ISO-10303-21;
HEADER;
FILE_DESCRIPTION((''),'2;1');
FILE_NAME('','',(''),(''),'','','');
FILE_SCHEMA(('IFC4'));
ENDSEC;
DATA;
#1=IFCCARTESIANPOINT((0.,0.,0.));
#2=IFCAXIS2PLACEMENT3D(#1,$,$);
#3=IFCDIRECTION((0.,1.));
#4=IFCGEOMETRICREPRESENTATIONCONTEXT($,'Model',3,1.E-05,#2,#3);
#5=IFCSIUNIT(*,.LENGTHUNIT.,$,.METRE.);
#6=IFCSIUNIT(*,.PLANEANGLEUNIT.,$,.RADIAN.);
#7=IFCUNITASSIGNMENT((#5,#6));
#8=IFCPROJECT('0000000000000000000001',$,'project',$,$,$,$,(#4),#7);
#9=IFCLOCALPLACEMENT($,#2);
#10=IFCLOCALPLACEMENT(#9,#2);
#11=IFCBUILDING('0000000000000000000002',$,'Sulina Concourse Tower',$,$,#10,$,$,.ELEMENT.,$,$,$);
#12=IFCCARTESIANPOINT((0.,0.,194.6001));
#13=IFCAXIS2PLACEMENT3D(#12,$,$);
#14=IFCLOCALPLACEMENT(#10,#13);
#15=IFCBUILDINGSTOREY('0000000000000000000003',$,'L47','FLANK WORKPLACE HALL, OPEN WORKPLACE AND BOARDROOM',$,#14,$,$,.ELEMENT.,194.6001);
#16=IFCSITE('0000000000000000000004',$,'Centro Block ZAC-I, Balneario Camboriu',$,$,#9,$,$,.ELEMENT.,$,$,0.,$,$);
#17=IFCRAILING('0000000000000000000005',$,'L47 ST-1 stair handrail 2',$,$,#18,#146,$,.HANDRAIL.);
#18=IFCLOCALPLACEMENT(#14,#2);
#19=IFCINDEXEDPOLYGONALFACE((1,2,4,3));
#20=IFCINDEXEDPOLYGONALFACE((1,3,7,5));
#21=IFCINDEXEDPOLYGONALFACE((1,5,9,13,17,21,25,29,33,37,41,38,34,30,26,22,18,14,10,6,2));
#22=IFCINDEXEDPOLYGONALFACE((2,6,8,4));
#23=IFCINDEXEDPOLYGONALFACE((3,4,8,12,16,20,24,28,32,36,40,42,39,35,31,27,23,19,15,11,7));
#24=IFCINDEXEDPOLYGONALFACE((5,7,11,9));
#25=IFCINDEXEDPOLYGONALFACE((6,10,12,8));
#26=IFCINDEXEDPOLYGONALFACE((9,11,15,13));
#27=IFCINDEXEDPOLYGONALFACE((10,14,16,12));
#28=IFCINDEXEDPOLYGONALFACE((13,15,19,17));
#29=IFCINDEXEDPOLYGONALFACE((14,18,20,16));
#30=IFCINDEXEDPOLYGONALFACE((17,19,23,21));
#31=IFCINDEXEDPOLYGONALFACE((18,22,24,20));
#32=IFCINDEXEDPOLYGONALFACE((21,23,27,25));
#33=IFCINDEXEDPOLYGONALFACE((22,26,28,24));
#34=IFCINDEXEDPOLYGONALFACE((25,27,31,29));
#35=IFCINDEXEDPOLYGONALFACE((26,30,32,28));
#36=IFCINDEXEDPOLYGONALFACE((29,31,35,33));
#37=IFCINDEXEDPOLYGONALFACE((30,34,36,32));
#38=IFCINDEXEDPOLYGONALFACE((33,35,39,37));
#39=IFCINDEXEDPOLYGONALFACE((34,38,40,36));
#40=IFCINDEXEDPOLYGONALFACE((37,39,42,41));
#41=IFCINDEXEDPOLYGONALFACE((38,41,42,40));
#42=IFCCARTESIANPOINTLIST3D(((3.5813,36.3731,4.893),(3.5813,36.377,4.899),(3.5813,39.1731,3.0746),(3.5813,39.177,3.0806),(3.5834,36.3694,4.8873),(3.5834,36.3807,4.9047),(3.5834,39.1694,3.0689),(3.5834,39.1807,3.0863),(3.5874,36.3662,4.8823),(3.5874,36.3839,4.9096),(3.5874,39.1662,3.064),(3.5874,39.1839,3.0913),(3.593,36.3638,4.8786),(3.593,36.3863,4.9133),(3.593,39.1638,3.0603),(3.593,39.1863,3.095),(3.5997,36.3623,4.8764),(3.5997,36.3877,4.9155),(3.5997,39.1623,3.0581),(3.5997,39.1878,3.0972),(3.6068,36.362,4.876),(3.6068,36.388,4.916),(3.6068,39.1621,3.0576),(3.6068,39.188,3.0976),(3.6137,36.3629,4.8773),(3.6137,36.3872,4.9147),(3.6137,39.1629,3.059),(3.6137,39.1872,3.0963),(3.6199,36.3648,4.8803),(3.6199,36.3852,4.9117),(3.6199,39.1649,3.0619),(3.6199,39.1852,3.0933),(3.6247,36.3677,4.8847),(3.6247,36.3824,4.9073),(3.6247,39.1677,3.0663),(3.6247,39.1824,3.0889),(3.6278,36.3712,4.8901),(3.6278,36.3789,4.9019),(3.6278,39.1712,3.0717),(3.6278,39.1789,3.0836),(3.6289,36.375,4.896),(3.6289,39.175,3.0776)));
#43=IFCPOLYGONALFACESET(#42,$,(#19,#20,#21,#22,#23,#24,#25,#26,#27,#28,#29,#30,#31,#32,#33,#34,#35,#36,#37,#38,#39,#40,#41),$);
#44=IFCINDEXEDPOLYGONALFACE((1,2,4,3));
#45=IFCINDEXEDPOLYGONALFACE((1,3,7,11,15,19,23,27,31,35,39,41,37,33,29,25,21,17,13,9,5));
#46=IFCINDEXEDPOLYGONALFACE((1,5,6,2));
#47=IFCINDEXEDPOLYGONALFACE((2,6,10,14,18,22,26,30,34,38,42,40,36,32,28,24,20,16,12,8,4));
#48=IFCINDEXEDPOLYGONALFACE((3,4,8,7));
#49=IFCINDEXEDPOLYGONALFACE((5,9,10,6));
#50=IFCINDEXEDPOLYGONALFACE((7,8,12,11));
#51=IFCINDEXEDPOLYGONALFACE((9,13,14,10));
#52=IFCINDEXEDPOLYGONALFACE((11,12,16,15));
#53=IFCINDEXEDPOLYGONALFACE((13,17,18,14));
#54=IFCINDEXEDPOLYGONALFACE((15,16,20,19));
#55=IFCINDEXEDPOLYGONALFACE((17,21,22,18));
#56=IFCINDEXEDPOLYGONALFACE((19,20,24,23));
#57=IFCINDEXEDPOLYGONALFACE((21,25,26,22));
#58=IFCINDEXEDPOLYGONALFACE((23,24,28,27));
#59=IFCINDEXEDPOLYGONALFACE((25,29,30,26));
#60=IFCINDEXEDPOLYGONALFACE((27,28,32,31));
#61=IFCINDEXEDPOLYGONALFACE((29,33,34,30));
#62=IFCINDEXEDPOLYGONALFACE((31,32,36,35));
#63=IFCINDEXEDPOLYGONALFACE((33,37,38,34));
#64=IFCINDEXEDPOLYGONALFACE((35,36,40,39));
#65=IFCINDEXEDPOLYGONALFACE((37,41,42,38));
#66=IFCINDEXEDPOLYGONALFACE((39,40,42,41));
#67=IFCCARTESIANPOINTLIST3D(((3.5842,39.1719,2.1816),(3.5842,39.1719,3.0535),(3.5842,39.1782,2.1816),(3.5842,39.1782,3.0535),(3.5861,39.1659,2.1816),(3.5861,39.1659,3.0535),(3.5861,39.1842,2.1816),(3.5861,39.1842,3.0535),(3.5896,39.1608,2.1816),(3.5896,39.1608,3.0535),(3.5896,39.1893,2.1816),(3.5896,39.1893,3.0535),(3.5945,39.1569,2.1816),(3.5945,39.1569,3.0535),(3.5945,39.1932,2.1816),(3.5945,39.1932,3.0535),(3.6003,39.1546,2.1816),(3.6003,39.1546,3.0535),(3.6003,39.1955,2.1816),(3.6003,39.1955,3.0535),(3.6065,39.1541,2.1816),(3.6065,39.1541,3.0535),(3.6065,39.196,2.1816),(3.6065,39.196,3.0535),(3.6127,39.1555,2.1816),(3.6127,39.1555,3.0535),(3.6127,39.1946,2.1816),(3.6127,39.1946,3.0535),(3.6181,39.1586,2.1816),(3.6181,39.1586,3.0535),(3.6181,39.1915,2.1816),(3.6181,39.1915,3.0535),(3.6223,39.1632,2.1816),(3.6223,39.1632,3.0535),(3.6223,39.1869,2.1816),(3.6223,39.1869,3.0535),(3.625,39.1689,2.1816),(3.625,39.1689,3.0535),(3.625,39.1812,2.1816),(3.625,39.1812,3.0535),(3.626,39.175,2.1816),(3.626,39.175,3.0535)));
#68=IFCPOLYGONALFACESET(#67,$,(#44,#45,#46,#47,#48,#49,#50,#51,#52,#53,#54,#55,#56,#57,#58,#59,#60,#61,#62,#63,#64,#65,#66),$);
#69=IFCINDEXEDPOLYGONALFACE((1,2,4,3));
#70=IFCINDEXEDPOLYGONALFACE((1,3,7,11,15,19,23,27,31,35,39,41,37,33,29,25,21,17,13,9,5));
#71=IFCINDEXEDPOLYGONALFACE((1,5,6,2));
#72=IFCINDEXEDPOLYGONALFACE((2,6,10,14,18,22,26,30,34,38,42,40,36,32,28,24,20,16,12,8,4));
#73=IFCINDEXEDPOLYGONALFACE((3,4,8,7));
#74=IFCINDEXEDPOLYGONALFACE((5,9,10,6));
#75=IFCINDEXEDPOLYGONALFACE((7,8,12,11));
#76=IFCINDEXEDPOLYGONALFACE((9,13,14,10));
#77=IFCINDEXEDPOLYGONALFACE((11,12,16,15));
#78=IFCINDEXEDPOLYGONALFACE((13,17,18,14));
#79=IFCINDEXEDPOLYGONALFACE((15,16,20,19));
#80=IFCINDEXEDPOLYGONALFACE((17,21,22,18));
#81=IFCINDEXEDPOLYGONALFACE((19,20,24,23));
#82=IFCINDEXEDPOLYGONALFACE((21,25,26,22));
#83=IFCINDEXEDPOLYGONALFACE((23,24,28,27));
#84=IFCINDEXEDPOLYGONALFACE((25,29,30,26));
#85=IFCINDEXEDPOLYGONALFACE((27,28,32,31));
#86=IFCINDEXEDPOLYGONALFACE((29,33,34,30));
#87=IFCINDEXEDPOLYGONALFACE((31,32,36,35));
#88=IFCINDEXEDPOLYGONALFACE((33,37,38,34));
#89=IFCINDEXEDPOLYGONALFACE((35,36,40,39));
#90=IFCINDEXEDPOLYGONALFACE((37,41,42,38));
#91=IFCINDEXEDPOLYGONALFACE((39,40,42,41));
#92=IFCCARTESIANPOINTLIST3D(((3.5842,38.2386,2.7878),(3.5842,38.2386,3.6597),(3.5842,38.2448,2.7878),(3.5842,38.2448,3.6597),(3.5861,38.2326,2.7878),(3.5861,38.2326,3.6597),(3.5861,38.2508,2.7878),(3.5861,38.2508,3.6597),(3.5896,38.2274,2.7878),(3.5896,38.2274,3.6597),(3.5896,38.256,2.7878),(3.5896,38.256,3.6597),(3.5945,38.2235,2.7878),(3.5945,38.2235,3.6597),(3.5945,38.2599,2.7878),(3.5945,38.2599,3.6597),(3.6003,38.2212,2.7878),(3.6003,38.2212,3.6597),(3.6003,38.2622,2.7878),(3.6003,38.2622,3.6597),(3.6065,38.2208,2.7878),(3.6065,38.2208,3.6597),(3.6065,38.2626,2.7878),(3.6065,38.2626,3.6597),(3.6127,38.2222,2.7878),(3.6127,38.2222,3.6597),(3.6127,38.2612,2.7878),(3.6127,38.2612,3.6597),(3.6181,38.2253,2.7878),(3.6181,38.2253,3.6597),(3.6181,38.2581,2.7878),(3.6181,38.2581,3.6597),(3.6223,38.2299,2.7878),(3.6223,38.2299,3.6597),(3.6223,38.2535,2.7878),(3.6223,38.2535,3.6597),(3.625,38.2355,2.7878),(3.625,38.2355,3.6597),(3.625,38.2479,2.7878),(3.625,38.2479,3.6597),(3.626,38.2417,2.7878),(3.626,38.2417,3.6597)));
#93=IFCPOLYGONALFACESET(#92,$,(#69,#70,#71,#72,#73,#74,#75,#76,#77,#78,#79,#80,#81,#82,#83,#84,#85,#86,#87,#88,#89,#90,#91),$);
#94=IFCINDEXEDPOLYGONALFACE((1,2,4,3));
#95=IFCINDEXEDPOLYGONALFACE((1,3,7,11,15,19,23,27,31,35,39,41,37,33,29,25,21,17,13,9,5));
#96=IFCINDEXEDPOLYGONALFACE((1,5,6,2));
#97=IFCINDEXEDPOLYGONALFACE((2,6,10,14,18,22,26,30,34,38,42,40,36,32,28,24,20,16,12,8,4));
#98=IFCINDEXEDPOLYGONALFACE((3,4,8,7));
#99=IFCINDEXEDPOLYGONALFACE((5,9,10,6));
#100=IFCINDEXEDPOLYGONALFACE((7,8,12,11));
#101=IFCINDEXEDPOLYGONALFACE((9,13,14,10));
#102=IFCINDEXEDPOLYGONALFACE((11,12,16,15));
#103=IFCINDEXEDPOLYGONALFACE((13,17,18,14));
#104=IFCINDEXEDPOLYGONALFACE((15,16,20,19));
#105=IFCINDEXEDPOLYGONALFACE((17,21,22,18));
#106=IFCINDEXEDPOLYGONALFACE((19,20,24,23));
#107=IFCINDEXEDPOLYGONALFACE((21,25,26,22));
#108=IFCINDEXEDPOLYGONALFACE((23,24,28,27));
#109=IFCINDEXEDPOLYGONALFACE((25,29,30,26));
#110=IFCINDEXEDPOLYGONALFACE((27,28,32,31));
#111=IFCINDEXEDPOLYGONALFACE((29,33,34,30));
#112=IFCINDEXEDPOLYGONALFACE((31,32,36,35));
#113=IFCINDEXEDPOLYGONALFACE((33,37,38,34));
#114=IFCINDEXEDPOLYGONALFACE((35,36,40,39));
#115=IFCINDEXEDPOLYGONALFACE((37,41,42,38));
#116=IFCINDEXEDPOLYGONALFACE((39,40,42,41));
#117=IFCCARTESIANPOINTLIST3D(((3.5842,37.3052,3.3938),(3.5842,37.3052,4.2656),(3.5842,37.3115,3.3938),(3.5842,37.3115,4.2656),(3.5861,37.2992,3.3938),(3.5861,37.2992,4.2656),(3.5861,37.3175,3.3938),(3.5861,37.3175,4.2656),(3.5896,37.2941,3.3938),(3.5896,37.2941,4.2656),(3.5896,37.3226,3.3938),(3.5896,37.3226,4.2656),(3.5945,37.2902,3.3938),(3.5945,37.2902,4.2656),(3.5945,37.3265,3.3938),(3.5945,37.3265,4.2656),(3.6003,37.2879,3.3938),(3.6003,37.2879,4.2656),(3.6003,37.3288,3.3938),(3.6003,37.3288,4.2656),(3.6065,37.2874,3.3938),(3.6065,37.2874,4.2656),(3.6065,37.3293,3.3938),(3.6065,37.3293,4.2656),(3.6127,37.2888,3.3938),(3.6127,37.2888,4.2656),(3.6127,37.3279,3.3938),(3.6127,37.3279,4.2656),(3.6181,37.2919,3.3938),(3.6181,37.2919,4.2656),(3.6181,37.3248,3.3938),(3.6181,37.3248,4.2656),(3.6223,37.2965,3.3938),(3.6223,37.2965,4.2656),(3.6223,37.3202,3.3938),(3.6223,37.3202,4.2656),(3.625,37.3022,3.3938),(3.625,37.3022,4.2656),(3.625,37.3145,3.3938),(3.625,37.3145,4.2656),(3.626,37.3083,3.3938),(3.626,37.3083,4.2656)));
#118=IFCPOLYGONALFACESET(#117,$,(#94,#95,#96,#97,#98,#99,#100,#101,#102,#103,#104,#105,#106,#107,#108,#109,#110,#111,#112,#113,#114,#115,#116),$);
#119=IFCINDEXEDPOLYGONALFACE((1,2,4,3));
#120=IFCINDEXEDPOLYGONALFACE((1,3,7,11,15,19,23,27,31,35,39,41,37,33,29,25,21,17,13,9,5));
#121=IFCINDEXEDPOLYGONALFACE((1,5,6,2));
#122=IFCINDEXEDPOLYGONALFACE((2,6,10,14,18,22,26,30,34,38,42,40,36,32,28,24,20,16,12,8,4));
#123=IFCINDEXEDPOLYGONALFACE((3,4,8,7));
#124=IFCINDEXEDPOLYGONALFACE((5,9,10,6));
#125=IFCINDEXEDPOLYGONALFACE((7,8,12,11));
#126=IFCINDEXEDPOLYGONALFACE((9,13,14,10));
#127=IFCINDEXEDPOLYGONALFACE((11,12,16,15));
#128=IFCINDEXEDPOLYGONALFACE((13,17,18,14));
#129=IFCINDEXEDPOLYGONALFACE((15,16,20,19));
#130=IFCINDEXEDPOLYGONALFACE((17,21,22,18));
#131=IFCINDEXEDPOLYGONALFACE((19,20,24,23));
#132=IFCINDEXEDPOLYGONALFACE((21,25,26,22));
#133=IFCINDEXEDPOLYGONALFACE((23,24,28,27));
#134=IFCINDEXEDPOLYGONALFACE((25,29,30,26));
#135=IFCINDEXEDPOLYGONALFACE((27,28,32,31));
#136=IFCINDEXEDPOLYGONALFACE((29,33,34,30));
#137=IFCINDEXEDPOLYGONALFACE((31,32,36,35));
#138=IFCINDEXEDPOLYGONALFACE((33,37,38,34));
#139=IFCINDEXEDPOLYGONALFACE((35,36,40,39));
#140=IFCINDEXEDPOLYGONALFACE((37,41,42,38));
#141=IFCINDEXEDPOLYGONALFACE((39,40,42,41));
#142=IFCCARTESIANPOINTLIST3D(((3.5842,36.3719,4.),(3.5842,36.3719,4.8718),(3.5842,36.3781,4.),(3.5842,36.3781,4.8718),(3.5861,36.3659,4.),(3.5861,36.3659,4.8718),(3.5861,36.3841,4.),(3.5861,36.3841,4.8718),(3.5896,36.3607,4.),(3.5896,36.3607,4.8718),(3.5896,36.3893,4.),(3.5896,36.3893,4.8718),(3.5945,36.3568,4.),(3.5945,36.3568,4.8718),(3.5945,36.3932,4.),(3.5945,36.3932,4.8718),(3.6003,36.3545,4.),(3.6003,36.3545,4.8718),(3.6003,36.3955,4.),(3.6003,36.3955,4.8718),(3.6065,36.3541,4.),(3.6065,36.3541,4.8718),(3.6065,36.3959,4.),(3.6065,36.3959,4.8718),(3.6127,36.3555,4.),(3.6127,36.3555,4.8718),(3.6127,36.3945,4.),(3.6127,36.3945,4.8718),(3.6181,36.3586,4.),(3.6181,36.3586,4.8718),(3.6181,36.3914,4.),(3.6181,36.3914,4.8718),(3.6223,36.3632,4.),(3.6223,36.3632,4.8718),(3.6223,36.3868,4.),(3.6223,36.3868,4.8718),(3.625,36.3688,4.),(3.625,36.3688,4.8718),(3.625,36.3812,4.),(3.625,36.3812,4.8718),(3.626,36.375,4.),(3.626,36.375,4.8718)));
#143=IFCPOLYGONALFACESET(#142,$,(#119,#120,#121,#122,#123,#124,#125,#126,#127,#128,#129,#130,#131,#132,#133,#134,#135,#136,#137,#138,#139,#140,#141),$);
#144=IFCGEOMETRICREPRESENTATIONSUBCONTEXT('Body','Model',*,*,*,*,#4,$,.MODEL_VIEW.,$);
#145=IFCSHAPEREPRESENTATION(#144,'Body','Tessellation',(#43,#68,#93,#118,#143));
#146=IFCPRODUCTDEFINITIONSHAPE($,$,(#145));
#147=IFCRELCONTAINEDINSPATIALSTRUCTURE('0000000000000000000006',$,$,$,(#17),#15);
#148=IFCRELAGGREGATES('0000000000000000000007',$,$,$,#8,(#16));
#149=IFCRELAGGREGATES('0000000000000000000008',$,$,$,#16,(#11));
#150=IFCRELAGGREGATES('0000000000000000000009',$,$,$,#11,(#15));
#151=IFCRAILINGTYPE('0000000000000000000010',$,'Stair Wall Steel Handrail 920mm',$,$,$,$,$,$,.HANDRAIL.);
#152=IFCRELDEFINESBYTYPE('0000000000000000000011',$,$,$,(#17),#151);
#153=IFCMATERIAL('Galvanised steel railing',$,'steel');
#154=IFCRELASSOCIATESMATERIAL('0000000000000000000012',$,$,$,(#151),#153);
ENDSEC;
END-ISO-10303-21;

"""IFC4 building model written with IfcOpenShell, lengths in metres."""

from ifc_helpers import new_model, si_unit, direction, frame, origin, origin_2d, place, context, subcontext, project, spatial, circle, extrude, material, type_object, element, save


model = new_model("IFC4")

# Units and contexts
model_context = context("Model", 3, precision=1e-05, world=origin(), true_north=direction((0.0, 1.0)))
body_context = subcontext(model_context, "Body", "Model", "MODEL_VIEW")
ifc_project = project(units=[si_unit("LENGTHUNIT", "METRE"), si_unit("PLANEANGLEUNIT", "RADIAN")], contexts=[model_context])

# Site, building, storey
site_placement = place(None, origin())
site = spatial("IfcSite", under=ifc_project, at=site_placement, Name="Centro Block ZAC-I, Balneario Camboriu", CompositionType="ELEMENT", RefElevation=0.0)
building_placement = place(site_placement, origin())
building = spatial("IfcBuilding", under=site, at=building_placement, Name="Sulina Concourse Tower", CompositionType="ELEMENT")
storey_placement = place(building_placement, frame((0.0, 0.0, 194.6001)))
storey = spatial("IfcBuildingStorey", under=building, at=storey_placement, Name="L47", Description="FLANK WORKPLACE HALL, OPEN WORKPLACE AND BOARDROOM", CompositionType="ELEMENT", Elevation=194.6001)

# Railing
ifc_material_1 = material(Name="Galvanised steel railing", Category="steel")
railing_type_1 = type_object("IfcRailingType", Name="Stair Wall Steel Handrail 920mm", PredefinedType="HANDRAIL", material=ifc_material_1)
railing_1_placement = place(storey_placement, frame((3.605, 39.175, 2.1816)))
element("IfcRailing", 1, at=railing_1_placement, inside=storey, type_object=railing_type_1, Name="L47 ST-1 stair handrail 2", PredefinedType="HANDRAIL", context=body_context, shape_type="SweptSolid", body=[
    extrude(circle(Radius=0.0239, at=origin_2d()), frame((0.0, 0.0, 0.896), z_axis=(0.0, -0.838672, 0.544636), x_axis=(1.0, 0.0, 0.0)), (0.0, 0.0, 1.0), 3.3386),
    extrude(circle(Radius=0.021, at=origin_2d()), origin(), (0.0, 0.0, 1.0), 0.8718),
    extrude(circle(Radius=0.021, at=origin_2d()), frame((0.0, -0.9333, 0.6062)), (0.0, 0.0, 1.0), 0.8718),
    extrude(circle(Radius=0.021, at=origin_2d()), frame((0.0, -1.8667, 1.2122)), (0.0, 0.0, 1.0), 0.8718),
    extrude(circle(Radius=0.021, at=origin_2d()), frame((0.0, -2.8, 1.8184)), (0.0, 0.0, 1.0), 0.8718),
])

save(model, "model.ifc")
